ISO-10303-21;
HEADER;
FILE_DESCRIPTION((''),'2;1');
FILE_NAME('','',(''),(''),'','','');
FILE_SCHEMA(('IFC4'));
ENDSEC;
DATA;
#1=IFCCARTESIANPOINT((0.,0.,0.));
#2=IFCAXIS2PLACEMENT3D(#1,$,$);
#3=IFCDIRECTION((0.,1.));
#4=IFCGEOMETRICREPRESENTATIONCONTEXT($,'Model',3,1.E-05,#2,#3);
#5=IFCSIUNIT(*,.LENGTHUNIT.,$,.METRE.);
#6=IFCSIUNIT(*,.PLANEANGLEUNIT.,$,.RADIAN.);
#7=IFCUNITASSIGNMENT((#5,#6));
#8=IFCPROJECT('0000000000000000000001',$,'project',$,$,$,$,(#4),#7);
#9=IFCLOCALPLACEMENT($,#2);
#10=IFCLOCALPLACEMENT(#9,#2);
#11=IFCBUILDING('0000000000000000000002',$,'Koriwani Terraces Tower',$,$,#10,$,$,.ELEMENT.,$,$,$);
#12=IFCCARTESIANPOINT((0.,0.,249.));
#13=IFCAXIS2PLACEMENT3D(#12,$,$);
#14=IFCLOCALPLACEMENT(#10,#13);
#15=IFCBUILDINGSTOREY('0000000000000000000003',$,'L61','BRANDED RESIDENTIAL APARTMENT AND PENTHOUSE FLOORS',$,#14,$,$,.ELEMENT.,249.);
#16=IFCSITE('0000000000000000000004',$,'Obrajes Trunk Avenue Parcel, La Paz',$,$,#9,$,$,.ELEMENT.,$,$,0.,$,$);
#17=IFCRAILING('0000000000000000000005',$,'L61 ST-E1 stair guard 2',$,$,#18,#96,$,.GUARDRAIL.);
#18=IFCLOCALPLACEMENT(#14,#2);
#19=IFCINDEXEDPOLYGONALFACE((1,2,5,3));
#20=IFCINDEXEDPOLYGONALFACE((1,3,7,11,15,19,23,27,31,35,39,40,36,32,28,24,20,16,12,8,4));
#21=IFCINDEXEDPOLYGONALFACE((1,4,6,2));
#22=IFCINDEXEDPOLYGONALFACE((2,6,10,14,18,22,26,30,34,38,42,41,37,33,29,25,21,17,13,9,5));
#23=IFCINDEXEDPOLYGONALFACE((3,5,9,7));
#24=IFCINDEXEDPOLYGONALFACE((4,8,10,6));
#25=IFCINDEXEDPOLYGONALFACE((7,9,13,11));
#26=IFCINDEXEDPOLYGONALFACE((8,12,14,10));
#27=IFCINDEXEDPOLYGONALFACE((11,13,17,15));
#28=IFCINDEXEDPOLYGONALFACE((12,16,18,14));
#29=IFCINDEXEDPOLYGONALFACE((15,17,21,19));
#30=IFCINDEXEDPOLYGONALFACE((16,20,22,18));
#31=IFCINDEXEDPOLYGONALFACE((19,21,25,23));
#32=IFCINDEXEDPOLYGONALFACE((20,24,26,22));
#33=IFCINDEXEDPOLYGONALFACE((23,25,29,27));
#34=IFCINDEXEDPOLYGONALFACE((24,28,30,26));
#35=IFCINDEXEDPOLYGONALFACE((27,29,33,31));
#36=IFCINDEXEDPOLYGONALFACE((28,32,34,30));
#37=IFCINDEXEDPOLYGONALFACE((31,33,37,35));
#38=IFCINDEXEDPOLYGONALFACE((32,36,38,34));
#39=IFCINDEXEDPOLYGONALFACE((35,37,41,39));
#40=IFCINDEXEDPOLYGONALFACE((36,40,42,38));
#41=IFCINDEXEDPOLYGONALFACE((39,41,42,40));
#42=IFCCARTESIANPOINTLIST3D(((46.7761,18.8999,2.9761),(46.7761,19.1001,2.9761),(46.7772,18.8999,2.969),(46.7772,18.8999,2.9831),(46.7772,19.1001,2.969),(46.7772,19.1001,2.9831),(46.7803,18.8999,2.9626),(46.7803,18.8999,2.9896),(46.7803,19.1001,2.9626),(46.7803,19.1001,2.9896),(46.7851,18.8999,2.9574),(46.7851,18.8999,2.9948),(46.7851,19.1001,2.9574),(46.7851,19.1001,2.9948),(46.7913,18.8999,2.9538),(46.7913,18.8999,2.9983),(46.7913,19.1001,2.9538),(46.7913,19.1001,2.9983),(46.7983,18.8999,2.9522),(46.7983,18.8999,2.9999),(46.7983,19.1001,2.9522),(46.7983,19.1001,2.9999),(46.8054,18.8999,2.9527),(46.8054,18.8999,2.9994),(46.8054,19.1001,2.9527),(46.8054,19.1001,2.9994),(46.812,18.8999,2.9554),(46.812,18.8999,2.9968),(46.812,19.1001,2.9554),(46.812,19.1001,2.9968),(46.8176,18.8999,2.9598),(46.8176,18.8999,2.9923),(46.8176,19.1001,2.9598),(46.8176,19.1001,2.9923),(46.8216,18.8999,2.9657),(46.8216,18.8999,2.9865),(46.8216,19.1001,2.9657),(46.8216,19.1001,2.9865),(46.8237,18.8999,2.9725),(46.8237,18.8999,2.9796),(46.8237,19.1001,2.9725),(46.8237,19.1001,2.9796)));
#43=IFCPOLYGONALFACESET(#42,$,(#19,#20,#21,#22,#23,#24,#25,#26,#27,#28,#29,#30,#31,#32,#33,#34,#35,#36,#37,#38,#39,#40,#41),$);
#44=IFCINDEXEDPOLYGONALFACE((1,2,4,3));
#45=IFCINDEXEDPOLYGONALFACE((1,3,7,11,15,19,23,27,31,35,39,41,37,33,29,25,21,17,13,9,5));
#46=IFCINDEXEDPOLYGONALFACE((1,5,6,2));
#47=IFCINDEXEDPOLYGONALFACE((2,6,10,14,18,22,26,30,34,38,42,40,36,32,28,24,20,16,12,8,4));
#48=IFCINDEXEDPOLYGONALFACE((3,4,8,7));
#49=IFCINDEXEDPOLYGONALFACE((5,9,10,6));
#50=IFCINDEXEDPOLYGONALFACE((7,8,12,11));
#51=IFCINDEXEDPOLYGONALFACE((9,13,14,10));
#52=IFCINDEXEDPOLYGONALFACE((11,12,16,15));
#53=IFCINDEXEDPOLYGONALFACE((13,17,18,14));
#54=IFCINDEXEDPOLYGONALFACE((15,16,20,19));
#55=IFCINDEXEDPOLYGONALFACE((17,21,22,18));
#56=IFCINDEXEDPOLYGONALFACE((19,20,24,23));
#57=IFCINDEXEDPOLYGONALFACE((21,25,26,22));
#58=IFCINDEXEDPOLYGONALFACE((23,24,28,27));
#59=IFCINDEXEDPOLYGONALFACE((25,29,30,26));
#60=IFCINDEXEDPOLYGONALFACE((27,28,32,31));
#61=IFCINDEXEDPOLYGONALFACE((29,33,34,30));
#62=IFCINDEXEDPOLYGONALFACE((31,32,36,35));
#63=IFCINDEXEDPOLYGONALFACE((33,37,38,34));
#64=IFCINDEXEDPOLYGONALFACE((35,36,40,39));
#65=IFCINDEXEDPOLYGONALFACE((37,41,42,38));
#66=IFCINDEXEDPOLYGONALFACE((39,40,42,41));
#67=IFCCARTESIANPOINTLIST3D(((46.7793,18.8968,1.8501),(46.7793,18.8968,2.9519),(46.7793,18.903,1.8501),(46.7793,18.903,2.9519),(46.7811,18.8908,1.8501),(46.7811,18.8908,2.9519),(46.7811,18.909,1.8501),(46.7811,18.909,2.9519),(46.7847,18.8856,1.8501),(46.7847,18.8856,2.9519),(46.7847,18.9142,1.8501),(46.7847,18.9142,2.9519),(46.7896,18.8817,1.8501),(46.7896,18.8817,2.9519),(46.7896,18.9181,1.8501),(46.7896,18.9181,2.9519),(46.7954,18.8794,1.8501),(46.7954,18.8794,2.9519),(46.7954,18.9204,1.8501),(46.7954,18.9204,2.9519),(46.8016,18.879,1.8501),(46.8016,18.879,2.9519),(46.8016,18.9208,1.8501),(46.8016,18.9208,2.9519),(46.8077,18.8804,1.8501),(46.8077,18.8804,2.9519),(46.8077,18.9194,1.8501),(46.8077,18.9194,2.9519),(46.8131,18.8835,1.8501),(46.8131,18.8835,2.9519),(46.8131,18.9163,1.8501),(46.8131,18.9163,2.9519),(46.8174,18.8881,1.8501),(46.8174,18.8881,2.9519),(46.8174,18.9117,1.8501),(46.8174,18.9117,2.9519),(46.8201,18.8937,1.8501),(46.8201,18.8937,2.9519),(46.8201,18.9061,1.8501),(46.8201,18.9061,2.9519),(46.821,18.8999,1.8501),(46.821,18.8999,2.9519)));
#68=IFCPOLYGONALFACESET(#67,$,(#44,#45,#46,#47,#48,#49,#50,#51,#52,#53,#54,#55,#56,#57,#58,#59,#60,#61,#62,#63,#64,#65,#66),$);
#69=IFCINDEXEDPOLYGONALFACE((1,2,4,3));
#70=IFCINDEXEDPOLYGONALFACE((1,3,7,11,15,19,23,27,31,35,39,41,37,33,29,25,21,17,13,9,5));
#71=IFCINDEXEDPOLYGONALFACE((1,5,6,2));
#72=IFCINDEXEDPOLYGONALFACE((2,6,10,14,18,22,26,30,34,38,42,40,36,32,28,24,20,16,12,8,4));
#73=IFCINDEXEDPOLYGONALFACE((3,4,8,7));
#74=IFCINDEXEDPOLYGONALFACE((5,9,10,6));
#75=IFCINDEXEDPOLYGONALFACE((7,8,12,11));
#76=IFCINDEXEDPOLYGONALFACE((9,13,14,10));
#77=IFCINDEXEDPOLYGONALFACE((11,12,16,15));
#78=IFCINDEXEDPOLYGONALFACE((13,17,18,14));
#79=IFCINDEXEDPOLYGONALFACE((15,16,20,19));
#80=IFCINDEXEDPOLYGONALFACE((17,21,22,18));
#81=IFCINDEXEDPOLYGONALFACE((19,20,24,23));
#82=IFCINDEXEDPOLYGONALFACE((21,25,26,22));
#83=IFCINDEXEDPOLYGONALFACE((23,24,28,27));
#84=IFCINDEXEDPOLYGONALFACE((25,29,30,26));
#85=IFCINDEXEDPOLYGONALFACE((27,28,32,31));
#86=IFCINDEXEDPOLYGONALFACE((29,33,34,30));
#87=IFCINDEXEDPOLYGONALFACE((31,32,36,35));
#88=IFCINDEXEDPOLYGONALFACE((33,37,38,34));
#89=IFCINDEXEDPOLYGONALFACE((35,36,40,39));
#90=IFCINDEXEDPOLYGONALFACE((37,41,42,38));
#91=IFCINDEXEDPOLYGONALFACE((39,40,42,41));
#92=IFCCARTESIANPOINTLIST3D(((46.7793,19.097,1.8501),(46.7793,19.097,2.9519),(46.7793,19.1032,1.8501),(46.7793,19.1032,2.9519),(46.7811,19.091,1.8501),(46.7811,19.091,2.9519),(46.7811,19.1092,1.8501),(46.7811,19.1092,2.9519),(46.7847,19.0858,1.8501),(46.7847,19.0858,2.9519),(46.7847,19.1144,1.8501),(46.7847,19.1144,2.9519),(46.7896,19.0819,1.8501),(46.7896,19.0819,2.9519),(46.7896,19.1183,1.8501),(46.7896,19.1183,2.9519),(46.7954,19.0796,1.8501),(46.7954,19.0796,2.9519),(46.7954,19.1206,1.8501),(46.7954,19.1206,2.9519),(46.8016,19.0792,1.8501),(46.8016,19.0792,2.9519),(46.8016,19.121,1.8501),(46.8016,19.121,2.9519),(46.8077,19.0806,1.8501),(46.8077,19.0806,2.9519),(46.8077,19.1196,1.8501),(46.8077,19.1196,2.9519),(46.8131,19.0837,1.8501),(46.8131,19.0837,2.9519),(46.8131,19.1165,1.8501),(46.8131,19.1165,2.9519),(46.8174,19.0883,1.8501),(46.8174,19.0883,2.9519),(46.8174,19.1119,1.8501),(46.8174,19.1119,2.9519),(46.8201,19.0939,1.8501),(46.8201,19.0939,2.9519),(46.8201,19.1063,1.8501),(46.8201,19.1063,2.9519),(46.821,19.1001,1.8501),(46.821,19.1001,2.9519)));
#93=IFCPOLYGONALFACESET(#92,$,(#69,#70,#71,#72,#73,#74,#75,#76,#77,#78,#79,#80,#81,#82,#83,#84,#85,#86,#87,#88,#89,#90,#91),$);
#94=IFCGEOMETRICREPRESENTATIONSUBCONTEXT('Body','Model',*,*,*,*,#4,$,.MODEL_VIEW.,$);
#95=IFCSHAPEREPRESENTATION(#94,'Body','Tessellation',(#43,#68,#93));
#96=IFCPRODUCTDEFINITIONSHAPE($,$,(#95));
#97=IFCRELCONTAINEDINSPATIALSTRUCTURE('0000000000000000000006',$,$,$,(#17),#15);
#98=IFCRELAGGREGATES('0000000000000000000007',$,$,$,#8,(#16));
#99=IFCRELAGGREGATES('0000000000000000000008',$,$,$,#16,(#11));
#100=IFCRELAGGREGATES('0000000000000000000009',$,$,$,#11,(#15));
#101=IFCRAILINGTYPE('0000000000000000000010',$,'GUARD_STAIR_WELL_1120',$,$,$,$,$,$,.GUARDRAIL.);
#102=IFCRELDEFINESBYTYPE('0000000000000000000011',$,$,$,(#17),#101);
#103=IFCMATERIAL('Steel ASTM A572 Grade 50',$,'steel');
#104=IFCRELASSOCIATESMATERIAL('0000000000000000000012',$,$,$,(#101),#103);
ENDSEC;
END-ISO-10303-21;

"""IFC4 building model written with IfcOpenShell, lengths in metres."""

from ifc_helpers import new_model, si_unit, direction, frame, origin, origin_2d, place, context, subcontext, project, spatial, circle, extrude, material, type_object, element, save


model = new_model("IFC4")

# Units and contexts
model_context = context("Model", 3, precision=1e-05, world=origin(), true_north=direction((0.0, 1.0)))
body_context = subcontext(model_context, "Body", "Model", "MODEL_VIEW")
ifc_project = project(units=[si_unit("LENGTHUNIT", "METRE"), si_unit("PLANEANGLEUNIT", "RADIAN")], contexts=[model_context])

# Site, building, storey
site_placement = place(None, origin())
site = spatial("IfcSite", under=ifc_project, at=site_placement, Name="Obrajes Trunk Avenue Parcel, La Paz", CompositionType="ELEMENT", RefElevation=0.0)
building_placement = place(site_placement, origin())
building = spatial("IfcBuilding", under=site, at=building_placement, Name="Koriwani Terraces Tower", CompositionType="ELEMENT")
storey_placement = place(building_placement, frame((0.0, 0.0, 249.0)))
storey = spatial("IfcBuildingStorey", under=building, at=storey_placement, Name="L61", Description="BRANDED RESIDENTIAL APARTMENT AND PENTHOUSE FLOORS", CompositionType="ELEMENT", Elevation=249.0)

# Shared definitions
ifc_material_1 = material(Name="Steel ASTM A572 Grade 50", Category="steel")

# Railing
railing_type_1 = type_object("IfcRailingType", Name="GUARD_STAIR_WELL_1120", PredefinedType="GUARDRAIL", material=ifc_material_1)
railing_1_placement = place(storey_placement, frame((46.8, 18.8999, 1.8501)))
element("IfcRailing", 1, at=railing_1_placement, inside=storey, type_object=railing_type_1, Name="L61 ST-E1 stair guard 2", PredefinedType="GUARDRAIL", context=body_context, shape_type="SweptSolid", body=[
    extrude(circle(Radius=0.0239, at=origin_2d()), frame((0.0, 0.0, 1.126), z_axis=(0.0, 1.0, 0.0), x_axis=(-1.0, 0.0, 0.0)), (0.0, 0.0, 1.0), 0.2002),
    extrude(circle(Radius=0.021, at=origin_2d()), origin(), (0.0, 0.0, 1.0), 1.1018),
    extrude(circle(Radius=0.021, at=origin_2d()), frame((0.0, 0.2002, 0.0)), (0.0, 0.0, 1.0), 1.1018),
])

save(model, "model.ifc")
